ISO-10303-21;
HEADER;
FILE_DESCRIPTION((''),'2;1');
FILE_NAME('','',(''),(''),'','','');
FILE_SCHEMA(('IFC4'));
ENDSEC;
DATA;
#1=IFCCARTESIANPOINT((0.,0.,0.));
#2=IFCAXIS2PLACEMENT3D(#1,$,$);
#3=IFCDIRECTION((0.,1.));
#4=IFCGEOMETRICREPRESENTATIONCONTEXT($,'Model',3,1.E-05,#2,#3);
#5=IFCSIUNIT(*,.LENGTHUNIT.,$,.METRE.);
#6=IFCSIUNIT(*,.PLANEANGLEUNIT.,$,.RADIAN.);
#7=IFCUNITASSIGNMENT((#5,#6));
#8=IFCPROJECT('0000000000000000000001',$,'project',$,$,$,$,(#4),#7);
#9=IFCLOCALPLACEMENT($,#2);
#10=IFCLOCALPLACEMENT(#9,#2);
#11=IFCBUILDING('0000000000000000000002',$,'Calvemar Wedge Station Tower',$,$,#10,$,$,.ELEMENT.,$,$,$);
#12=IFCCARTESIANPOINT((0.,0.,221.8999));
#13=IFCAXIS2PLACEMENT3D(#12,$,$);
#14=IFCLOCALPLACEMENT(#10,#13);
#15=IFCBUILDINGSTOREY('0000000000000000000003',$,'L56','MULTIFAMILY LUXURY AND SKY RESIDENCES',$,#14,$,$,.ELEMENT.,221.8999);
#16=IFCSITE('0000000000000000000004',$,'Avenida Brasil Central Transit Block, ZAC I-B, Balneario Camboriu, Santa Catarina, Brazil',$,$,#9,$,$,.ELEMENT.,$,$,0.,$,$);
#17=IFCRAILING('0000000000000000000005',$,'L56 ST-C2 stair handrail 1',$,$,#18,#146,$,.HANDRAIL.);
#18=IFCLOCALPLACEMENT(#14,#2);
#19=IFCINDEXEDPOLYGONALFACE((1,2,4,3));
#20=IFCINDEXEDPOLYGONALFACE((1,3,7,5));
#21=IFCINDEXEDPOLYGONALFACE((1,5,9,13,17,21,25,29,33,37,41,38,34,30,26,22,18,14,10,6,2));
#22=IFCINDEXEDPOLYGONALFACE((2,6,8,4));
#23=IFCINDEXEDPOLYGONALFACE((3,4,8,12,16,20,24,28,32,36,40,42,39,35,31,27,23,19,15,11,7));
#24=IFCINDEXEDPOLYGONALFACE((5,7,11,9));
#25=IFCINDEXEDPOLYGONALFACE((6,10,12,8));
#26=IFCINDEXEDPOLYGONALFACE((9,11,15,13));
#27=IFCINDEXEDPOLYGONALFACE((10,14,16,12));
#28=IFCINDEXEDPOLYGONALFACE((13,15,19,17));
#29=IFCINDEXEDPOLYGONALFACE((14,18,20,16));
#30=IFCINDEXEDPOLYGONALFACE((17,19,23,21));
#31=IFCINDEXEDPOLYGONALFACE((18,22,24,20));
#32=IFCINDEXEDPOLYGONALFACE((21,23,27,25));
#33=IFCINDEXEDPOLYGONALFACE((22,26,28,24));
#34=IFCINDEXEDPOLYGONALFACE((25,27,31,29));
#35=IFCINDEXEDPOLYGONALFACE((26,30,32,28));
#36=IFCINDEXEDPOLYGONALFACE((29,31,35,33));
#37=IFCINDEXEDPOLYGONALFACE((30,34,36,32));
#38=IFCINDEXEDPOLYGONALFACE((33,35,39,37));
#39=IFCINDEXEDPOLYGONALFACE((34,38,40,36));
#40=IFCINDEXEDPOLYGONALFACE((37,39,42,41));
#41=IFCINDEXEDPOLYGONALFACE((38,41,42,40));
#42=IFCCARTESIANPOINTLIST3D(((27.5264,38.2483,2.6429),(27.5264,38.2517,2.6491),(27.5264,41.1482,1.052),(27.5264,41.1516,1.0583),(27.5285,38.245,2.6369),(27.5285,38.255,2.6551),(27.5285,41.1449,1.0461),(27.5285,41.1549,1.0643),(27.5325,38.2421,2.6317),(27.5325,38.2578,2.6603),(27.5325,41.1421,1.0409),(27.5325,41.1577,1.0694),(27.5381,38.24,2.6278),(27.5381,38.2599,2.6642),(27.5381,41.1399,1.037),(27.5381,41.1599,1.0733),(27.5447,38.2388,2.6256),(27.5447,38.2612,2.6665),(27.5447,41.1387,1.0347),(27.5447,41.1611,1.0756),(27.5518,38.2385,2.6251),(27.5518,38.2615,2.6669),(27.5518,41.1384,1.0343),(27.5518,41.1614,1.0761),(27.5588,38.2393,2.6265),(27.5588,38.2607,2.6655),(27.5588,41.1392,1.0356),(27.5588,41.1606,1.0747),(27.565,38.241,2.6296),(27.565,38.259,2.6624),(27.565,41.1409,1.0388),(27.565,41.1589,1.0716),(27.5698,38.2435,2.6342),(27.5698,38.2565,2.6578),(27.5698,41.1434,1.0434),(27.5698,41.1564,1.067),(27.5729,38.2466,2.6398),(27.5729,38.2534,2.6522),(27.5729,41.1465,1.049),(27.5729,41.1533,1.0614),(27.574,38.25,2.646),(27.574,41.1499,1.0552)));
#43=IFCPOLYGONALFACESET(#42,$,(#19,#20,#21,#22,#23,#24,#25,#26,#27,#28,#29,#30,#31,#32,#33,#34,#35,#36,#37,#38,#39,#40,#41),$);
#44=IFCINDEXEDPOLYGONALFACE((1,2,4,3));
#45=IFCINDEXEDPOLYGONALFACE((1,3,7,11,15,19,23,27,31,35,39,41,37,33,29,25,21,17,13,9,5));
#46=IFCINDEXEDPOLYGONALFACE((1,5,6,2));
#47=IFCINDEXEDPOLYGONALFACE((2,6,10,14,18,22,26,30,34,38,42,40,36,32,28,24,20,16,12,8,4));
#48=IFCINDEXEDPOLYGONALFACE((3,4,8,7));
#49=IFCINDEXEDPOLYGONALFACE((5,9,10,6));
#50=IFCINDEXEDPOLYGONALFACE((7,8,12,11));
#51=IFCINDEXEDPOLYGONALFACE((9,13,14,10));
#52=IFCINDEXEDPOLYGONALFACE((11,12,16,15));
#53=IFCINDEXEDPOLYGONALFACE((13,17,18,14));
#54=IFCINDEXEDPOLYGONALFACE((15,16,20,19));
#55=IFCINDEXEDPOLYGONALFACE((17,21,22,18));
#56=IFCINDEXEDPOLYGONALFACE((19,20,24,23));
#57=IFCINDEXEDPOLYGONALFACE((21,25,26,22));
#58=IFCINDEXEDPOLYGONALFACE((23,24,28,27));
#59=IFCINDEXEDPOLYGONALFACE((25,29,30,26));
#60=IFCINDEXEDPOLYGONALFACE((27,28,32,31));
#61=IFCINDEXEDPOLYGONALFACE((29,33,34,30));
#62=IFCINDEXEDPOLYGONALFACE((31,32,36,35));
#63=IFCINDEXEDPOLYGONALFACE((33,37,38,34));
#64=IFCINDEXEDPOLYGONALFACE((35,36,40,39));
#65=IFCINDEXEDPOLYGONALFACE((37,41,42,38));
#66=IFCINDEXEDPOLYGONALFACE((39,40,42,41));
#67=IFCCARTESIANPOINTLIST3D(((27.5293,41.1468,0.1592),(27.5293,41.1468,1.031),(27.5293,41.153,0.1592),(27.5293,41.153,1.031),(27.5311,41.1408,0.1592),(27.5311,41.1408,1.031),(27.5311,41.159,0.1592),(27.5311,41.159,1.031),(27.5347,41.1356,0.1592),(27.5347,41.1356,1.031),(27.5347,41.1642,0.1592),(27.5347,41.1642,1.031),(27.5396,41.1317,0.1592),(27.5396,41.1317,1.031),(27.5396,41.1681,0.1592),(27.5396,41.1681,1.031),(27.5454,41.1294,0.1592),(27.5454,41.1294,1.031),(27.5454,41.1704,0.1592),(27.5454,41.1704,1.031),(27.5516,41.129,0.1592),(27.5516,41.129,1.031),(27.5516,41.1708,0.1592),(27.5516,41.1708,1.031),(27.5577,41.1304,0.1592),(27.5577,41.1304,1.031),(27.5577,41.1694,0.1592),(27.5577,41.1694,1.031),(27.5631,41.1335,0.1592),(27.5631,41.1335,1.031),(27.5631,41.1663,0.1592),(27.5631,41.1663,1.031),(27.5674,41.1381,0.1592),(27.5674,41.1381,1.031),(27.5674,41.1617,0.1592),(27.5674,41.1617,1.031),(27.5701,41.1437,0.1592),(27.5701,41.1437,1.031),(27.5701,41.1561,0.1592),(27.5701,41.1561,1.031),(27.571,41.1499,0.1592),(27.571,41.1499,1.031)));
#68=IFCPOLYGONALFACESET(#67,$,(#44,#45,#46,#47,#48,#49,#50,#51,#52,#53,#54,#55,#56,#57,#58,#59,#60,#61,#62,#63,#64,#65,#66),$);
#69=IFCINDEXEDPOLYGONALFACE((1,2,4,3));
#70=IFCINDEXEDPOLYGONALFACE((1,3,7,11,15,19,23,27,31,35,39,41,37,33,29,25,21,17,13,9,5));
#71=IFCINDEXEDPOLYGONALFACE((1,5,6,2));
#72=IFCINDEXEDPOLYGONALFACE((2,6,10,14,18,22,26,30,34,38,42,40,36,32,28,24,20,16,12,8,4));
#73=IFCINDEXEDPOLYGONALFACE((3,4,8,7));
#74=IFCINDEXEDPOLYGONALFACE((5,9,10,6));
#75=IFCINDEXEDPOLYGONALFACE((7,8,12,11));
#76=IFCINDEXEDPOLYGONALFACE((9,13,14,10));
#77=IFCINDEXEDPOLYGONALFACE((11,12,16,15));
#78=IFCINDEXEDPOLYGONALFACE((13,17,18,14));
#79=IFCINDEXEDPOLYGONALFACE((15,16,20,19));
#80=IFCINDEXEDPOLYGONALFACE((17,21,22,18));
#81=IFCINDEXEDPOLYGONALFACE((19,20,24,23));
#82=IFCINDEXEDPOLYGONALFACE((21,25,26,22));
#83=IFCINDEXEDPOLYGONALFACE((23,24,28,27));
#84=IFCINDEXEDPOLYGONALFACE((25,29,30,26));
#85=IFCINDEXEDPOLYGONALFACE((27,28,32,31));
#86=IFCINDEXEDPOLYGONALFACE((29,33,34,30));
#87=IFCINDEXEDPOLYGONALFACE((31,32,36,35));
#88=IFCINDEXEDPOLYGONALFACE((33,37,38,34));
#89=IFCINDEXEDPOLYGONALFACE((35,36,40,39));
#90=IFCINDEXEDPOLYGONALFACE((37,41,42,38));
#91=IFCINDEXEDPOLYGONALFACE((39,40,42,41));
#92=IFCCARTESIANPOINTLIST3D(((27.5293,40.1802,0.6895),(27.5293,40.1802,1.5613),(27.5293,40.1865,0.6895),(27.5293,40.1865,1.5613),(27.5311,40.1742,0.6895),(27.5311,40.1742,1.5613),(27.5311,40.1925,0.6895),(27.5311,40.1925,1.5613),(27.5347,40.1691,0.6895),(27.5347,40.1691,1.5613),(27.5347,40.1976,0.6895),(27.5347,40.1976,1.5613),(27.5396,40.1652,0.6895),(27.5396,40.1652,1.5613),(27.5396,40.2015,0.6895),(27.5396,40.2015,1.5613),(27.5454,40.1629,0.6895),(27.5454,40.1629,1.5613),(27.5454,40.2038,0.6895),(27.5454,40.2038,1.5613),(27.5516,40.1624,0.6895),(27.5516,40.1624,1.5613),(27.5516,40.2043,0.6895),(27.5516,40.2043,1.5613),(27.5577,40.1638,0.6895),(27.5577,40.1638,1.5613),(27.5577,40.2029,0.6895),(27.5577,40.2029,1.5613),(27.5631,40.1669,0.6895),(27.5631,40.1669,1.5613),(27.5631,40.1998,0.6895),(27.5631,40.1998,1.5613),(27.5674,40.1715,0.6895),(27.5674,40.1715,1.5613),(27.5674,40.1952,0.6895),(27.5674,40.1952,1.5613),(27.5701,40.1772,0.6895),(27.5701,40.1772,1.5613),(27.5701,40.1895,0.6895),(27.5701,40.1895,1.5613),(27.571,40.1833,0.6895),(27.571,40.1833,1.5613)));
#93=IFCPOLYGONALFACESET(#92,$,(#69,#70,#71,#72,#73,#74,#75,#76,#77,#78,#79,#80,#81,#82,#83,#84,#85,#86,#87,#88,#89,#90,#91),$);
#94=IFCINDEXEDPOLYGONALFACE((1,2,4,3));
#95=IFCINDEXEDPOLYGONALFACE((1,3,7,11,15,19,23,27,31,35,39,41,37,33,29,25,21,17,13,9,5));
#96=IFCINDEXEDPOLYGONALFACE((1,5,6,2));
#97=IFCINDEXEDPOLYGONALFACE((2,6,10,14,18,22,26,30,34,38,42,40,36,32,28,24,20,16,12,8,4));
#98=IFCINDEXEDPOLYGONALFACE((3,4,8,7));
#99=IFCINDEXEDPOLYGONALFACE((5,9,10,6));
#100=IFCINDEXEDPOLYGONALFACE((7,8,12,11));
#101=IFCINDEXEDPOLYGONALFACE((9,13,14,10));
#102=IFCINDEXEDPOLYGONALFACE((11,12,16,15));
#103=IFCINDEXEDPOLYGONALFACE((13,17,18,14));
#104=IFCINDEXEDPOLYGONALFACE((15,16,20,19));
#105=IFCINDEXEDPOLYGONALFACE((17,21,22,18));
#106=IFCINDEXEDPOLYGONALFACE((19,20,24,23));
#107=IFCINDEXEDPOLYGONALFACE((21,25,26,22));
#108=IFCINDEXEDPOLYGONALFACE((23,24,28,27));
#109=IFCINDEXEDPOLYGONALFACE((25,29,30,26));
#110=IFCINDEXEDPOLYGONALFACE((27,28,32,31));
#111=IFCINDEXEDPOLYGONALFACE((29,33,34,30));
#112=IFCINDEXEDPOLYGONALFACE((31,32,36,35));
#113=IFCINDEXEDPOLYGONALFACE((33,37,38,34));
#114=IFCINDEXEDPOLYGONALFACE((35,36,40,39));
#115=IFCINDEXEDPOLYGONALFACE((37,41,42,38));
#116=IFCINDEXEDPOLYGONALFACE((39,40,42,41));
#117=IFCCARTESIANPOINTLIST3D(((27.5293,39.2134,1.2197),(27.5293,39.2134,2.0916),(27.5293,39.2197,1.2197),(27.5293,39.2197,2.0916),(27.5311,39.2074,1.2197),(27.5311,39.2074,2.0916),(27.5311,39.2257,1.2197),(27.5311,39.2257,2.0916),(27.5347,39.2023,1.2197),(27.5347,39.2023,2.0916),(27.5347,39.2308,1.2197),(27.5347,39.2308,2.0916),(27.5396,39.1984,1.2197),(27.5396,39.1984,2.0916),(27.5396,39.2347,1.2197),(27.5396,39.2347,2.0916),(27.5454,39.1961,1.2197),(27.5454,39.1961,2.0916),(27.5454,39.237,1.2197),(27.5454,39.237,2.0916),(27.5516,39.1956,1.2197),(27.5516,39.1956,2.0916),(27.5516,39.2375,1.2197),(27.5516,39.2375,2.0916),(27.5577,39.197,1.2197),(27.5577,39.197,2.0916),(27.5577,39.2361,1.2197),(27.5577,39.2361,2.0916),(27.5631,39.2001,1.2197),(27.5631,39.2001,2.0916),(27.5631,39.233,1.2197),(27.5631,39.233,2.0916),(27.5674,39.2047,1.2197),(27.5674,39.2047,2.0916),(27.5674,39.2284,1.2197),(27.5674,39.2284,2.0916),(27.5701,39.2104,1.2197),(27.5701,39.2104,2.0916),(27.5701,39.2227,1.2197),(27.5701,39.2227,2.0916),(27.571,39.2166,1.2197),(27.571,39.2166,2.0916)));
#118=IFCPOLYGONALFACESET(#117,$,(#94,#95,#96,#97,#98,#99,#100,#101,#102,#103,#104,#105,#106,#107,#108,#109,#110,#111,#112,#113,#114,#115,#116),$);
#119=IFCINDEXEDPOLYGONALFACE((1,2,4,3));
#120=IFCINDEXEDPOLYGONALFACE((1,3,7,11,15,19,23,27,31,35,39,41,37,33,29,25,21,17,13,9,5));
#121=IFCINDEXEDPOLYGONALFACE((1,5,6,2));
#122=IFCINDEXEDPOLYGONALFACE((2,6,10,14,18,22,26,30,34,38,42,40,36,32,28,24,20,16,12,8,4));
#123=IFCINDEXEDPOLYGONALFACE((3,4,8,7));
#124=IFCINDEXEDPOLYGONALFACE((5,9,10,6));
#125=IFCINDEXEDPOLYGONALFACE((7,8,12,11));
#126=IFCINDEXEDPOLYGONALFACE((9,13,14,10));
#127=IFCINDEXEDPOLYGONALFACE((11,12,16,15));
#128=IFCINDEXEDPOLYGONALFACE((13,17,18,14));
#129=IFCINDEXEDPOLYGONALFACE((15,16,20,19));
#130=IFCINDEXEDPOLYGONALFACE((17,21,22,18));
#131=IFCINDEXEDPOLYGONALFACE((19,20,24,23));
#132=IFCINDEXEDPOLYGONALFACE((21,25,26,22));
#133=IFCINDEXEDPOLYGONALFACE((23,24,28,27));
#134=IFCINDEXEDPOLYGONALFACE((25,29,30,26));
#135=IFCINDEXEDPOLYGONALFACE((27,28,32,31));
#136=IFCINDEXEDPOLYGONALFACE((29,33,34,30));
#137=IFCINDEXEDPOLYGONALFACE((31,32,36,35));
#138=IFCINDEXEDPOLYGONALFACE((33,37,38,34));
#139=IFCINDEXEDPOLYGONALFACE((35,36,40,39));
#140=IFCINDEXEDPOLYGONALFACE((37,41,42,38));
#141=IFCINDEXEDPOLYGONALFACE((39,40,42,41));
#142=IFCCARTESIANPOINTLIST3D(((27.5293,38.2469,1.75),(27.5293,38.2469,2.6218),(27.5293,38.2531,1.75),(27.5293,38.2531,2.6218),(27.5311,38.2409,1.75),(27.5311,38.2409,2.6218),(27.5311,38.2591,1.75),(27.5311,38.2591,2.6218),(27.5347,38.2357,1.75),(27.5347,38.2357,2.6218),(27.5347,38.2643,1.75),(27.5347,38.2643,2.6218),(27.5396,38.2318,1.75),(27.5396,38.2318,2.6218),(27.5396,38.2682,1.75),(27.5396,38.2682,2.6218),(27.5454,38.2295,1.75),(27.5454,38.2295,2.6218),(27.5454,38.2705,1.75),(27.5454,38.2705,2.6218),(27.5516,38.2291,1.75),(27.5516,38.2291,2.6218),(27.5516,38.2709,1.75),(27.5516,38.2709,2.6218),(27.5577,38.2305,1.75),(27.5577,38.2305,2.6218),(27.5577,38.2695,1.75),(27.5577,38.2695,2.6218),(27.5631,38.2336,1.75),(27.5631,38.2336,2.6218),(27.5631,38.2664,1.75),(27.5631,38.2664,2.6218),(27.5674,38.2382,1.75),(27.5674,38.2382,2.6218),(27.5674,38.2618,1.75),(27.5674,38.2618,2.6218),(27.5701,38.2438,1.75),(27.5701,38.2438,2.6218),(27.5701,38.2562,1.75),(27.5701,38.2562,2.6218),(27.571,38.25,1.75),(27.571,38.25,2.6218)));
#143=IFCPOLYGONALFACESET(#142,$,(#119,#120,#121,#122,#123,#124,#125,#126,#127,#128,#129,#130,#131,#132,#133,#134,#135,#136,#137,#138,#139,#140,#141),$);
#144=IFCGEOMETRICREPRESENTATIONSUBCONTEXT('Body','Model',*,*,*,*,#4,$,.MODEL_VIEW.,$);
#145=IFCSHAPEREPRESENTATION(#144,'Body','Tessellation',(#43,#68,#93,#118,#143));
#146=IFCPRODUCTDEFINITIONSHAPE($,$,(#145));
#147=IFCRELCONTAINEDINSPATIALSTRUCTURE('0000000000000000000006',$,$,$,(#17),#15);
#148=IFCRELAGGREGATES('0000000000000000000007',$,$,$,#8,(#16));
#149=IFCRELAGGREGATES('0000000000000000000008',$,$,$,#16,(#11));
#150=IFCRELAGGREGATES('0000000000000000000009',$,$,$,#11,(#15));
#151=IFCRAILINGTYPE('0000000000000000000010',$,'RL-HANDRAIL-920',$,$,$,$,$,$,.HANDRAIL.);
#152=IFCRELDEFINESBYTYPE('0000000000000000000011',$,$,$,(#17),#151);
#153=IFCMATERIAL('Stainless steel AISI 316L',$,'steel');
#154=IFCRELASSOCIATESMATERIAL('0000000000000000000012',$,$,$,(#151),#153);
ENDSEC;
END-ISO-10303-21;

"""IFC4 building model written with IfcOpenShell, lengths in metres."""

from ifc_helpers import new_model, si_unit, direction, frame, origin, origin_2d, place, context, subcontext, project, spatial, circle, extrude, material, type_object, element, save


model = new_model("IFC4")

# Units and contexts
model_context = context("Model", 3, precision=1e-05, world=origin(), true_north=direction((0.0, 1.0)))
body_context = subcontext(model_context, "Body", "Model", "MODEL_VIEW")
ifc_project = project(units=[si_unit("LENGTHUNIT", "METRE"), si_unit("PLANEANGLEUNIT", "RADIAN")], contexts=[model_context])

# Site, building, storey
site_placement = place(None, origin())
site = spatial("IfcSite", under=ifc_project, at=site_placement, Name="Avenida Brasil Central Transit Block, ZAC I-B, Balneario Camboriu, Santa Catarina, Brazil", CompositionType="ELEMENT", RefElevation=0.0)
building_placement = place(site_placement, origin())
building = spatial("IfcBuilding", under=site, at=building_placement, Name="Calvemar Wedge Station Tower", CompositionType="ELEMENT")
storey_placement = place(building_placement, frame((0.0, 0.0, 221.8999)))
storey = spatial("IfcBuildingStorey", under=building, at=storey_placement, Name="L56", Description="MULTIFAMILY LUXURY AND SKY RESIDENCES", CompositionType="ELEMENT", Elevation=221.8999)

# Railing
ifc_material_1 = material(Name="Stainless steel AISI 316L", Category="steel")
railing_type = type_object("IfcRailingType", Name="RL-HANDRAIL-920", PredefinedType="HANDRAIL", material=ifc_material_1)
railing_placement = place(storey_placement, frame((27.55, 41.1499, 0.1592)))
element("IfcRailing", 1, at=railing_placement, inside=storey, type_object=railing_type, Name="L56 ST-C2 stair handrail 1", PredefinedType="HANDRAIL", context=body_context, shape_type="SweptSolid", body=[
    extrude(circle(Radius=0.0239, at=origin_2d()), frame((0.0, 0.0, 0.896), z_axis=(0.0, -0.876742, 0.480961), x_axis=(1.0, 0.0, 0.0)), (0.0, 0.0, 1.0), 3.3076),
    extrude(circle(Radius=0.021, at=origin_2d()), origin(), (0.0, 0.0, 1.0), 0.8718),
    extrude(circle(Radius=0.021, at=origin_2d()), frame((0.0, -0.9666, 0.5303)), (0.0, 0.0, 1.0), 0.8718),
    extrude(circle(Radius=0.021, at=origin_2d()), frame((0.0, -1.9333, 1.0605)), (0.0, 0.0, 1.0), 0.8718),
    extrude(circle(Radius=0.021, at=origin_2d()), frame((0.0, -2.8999, 1.5908)), (0.0, 0.0, 1.0), 0.8718),
])

save(model, "model.ifc")
